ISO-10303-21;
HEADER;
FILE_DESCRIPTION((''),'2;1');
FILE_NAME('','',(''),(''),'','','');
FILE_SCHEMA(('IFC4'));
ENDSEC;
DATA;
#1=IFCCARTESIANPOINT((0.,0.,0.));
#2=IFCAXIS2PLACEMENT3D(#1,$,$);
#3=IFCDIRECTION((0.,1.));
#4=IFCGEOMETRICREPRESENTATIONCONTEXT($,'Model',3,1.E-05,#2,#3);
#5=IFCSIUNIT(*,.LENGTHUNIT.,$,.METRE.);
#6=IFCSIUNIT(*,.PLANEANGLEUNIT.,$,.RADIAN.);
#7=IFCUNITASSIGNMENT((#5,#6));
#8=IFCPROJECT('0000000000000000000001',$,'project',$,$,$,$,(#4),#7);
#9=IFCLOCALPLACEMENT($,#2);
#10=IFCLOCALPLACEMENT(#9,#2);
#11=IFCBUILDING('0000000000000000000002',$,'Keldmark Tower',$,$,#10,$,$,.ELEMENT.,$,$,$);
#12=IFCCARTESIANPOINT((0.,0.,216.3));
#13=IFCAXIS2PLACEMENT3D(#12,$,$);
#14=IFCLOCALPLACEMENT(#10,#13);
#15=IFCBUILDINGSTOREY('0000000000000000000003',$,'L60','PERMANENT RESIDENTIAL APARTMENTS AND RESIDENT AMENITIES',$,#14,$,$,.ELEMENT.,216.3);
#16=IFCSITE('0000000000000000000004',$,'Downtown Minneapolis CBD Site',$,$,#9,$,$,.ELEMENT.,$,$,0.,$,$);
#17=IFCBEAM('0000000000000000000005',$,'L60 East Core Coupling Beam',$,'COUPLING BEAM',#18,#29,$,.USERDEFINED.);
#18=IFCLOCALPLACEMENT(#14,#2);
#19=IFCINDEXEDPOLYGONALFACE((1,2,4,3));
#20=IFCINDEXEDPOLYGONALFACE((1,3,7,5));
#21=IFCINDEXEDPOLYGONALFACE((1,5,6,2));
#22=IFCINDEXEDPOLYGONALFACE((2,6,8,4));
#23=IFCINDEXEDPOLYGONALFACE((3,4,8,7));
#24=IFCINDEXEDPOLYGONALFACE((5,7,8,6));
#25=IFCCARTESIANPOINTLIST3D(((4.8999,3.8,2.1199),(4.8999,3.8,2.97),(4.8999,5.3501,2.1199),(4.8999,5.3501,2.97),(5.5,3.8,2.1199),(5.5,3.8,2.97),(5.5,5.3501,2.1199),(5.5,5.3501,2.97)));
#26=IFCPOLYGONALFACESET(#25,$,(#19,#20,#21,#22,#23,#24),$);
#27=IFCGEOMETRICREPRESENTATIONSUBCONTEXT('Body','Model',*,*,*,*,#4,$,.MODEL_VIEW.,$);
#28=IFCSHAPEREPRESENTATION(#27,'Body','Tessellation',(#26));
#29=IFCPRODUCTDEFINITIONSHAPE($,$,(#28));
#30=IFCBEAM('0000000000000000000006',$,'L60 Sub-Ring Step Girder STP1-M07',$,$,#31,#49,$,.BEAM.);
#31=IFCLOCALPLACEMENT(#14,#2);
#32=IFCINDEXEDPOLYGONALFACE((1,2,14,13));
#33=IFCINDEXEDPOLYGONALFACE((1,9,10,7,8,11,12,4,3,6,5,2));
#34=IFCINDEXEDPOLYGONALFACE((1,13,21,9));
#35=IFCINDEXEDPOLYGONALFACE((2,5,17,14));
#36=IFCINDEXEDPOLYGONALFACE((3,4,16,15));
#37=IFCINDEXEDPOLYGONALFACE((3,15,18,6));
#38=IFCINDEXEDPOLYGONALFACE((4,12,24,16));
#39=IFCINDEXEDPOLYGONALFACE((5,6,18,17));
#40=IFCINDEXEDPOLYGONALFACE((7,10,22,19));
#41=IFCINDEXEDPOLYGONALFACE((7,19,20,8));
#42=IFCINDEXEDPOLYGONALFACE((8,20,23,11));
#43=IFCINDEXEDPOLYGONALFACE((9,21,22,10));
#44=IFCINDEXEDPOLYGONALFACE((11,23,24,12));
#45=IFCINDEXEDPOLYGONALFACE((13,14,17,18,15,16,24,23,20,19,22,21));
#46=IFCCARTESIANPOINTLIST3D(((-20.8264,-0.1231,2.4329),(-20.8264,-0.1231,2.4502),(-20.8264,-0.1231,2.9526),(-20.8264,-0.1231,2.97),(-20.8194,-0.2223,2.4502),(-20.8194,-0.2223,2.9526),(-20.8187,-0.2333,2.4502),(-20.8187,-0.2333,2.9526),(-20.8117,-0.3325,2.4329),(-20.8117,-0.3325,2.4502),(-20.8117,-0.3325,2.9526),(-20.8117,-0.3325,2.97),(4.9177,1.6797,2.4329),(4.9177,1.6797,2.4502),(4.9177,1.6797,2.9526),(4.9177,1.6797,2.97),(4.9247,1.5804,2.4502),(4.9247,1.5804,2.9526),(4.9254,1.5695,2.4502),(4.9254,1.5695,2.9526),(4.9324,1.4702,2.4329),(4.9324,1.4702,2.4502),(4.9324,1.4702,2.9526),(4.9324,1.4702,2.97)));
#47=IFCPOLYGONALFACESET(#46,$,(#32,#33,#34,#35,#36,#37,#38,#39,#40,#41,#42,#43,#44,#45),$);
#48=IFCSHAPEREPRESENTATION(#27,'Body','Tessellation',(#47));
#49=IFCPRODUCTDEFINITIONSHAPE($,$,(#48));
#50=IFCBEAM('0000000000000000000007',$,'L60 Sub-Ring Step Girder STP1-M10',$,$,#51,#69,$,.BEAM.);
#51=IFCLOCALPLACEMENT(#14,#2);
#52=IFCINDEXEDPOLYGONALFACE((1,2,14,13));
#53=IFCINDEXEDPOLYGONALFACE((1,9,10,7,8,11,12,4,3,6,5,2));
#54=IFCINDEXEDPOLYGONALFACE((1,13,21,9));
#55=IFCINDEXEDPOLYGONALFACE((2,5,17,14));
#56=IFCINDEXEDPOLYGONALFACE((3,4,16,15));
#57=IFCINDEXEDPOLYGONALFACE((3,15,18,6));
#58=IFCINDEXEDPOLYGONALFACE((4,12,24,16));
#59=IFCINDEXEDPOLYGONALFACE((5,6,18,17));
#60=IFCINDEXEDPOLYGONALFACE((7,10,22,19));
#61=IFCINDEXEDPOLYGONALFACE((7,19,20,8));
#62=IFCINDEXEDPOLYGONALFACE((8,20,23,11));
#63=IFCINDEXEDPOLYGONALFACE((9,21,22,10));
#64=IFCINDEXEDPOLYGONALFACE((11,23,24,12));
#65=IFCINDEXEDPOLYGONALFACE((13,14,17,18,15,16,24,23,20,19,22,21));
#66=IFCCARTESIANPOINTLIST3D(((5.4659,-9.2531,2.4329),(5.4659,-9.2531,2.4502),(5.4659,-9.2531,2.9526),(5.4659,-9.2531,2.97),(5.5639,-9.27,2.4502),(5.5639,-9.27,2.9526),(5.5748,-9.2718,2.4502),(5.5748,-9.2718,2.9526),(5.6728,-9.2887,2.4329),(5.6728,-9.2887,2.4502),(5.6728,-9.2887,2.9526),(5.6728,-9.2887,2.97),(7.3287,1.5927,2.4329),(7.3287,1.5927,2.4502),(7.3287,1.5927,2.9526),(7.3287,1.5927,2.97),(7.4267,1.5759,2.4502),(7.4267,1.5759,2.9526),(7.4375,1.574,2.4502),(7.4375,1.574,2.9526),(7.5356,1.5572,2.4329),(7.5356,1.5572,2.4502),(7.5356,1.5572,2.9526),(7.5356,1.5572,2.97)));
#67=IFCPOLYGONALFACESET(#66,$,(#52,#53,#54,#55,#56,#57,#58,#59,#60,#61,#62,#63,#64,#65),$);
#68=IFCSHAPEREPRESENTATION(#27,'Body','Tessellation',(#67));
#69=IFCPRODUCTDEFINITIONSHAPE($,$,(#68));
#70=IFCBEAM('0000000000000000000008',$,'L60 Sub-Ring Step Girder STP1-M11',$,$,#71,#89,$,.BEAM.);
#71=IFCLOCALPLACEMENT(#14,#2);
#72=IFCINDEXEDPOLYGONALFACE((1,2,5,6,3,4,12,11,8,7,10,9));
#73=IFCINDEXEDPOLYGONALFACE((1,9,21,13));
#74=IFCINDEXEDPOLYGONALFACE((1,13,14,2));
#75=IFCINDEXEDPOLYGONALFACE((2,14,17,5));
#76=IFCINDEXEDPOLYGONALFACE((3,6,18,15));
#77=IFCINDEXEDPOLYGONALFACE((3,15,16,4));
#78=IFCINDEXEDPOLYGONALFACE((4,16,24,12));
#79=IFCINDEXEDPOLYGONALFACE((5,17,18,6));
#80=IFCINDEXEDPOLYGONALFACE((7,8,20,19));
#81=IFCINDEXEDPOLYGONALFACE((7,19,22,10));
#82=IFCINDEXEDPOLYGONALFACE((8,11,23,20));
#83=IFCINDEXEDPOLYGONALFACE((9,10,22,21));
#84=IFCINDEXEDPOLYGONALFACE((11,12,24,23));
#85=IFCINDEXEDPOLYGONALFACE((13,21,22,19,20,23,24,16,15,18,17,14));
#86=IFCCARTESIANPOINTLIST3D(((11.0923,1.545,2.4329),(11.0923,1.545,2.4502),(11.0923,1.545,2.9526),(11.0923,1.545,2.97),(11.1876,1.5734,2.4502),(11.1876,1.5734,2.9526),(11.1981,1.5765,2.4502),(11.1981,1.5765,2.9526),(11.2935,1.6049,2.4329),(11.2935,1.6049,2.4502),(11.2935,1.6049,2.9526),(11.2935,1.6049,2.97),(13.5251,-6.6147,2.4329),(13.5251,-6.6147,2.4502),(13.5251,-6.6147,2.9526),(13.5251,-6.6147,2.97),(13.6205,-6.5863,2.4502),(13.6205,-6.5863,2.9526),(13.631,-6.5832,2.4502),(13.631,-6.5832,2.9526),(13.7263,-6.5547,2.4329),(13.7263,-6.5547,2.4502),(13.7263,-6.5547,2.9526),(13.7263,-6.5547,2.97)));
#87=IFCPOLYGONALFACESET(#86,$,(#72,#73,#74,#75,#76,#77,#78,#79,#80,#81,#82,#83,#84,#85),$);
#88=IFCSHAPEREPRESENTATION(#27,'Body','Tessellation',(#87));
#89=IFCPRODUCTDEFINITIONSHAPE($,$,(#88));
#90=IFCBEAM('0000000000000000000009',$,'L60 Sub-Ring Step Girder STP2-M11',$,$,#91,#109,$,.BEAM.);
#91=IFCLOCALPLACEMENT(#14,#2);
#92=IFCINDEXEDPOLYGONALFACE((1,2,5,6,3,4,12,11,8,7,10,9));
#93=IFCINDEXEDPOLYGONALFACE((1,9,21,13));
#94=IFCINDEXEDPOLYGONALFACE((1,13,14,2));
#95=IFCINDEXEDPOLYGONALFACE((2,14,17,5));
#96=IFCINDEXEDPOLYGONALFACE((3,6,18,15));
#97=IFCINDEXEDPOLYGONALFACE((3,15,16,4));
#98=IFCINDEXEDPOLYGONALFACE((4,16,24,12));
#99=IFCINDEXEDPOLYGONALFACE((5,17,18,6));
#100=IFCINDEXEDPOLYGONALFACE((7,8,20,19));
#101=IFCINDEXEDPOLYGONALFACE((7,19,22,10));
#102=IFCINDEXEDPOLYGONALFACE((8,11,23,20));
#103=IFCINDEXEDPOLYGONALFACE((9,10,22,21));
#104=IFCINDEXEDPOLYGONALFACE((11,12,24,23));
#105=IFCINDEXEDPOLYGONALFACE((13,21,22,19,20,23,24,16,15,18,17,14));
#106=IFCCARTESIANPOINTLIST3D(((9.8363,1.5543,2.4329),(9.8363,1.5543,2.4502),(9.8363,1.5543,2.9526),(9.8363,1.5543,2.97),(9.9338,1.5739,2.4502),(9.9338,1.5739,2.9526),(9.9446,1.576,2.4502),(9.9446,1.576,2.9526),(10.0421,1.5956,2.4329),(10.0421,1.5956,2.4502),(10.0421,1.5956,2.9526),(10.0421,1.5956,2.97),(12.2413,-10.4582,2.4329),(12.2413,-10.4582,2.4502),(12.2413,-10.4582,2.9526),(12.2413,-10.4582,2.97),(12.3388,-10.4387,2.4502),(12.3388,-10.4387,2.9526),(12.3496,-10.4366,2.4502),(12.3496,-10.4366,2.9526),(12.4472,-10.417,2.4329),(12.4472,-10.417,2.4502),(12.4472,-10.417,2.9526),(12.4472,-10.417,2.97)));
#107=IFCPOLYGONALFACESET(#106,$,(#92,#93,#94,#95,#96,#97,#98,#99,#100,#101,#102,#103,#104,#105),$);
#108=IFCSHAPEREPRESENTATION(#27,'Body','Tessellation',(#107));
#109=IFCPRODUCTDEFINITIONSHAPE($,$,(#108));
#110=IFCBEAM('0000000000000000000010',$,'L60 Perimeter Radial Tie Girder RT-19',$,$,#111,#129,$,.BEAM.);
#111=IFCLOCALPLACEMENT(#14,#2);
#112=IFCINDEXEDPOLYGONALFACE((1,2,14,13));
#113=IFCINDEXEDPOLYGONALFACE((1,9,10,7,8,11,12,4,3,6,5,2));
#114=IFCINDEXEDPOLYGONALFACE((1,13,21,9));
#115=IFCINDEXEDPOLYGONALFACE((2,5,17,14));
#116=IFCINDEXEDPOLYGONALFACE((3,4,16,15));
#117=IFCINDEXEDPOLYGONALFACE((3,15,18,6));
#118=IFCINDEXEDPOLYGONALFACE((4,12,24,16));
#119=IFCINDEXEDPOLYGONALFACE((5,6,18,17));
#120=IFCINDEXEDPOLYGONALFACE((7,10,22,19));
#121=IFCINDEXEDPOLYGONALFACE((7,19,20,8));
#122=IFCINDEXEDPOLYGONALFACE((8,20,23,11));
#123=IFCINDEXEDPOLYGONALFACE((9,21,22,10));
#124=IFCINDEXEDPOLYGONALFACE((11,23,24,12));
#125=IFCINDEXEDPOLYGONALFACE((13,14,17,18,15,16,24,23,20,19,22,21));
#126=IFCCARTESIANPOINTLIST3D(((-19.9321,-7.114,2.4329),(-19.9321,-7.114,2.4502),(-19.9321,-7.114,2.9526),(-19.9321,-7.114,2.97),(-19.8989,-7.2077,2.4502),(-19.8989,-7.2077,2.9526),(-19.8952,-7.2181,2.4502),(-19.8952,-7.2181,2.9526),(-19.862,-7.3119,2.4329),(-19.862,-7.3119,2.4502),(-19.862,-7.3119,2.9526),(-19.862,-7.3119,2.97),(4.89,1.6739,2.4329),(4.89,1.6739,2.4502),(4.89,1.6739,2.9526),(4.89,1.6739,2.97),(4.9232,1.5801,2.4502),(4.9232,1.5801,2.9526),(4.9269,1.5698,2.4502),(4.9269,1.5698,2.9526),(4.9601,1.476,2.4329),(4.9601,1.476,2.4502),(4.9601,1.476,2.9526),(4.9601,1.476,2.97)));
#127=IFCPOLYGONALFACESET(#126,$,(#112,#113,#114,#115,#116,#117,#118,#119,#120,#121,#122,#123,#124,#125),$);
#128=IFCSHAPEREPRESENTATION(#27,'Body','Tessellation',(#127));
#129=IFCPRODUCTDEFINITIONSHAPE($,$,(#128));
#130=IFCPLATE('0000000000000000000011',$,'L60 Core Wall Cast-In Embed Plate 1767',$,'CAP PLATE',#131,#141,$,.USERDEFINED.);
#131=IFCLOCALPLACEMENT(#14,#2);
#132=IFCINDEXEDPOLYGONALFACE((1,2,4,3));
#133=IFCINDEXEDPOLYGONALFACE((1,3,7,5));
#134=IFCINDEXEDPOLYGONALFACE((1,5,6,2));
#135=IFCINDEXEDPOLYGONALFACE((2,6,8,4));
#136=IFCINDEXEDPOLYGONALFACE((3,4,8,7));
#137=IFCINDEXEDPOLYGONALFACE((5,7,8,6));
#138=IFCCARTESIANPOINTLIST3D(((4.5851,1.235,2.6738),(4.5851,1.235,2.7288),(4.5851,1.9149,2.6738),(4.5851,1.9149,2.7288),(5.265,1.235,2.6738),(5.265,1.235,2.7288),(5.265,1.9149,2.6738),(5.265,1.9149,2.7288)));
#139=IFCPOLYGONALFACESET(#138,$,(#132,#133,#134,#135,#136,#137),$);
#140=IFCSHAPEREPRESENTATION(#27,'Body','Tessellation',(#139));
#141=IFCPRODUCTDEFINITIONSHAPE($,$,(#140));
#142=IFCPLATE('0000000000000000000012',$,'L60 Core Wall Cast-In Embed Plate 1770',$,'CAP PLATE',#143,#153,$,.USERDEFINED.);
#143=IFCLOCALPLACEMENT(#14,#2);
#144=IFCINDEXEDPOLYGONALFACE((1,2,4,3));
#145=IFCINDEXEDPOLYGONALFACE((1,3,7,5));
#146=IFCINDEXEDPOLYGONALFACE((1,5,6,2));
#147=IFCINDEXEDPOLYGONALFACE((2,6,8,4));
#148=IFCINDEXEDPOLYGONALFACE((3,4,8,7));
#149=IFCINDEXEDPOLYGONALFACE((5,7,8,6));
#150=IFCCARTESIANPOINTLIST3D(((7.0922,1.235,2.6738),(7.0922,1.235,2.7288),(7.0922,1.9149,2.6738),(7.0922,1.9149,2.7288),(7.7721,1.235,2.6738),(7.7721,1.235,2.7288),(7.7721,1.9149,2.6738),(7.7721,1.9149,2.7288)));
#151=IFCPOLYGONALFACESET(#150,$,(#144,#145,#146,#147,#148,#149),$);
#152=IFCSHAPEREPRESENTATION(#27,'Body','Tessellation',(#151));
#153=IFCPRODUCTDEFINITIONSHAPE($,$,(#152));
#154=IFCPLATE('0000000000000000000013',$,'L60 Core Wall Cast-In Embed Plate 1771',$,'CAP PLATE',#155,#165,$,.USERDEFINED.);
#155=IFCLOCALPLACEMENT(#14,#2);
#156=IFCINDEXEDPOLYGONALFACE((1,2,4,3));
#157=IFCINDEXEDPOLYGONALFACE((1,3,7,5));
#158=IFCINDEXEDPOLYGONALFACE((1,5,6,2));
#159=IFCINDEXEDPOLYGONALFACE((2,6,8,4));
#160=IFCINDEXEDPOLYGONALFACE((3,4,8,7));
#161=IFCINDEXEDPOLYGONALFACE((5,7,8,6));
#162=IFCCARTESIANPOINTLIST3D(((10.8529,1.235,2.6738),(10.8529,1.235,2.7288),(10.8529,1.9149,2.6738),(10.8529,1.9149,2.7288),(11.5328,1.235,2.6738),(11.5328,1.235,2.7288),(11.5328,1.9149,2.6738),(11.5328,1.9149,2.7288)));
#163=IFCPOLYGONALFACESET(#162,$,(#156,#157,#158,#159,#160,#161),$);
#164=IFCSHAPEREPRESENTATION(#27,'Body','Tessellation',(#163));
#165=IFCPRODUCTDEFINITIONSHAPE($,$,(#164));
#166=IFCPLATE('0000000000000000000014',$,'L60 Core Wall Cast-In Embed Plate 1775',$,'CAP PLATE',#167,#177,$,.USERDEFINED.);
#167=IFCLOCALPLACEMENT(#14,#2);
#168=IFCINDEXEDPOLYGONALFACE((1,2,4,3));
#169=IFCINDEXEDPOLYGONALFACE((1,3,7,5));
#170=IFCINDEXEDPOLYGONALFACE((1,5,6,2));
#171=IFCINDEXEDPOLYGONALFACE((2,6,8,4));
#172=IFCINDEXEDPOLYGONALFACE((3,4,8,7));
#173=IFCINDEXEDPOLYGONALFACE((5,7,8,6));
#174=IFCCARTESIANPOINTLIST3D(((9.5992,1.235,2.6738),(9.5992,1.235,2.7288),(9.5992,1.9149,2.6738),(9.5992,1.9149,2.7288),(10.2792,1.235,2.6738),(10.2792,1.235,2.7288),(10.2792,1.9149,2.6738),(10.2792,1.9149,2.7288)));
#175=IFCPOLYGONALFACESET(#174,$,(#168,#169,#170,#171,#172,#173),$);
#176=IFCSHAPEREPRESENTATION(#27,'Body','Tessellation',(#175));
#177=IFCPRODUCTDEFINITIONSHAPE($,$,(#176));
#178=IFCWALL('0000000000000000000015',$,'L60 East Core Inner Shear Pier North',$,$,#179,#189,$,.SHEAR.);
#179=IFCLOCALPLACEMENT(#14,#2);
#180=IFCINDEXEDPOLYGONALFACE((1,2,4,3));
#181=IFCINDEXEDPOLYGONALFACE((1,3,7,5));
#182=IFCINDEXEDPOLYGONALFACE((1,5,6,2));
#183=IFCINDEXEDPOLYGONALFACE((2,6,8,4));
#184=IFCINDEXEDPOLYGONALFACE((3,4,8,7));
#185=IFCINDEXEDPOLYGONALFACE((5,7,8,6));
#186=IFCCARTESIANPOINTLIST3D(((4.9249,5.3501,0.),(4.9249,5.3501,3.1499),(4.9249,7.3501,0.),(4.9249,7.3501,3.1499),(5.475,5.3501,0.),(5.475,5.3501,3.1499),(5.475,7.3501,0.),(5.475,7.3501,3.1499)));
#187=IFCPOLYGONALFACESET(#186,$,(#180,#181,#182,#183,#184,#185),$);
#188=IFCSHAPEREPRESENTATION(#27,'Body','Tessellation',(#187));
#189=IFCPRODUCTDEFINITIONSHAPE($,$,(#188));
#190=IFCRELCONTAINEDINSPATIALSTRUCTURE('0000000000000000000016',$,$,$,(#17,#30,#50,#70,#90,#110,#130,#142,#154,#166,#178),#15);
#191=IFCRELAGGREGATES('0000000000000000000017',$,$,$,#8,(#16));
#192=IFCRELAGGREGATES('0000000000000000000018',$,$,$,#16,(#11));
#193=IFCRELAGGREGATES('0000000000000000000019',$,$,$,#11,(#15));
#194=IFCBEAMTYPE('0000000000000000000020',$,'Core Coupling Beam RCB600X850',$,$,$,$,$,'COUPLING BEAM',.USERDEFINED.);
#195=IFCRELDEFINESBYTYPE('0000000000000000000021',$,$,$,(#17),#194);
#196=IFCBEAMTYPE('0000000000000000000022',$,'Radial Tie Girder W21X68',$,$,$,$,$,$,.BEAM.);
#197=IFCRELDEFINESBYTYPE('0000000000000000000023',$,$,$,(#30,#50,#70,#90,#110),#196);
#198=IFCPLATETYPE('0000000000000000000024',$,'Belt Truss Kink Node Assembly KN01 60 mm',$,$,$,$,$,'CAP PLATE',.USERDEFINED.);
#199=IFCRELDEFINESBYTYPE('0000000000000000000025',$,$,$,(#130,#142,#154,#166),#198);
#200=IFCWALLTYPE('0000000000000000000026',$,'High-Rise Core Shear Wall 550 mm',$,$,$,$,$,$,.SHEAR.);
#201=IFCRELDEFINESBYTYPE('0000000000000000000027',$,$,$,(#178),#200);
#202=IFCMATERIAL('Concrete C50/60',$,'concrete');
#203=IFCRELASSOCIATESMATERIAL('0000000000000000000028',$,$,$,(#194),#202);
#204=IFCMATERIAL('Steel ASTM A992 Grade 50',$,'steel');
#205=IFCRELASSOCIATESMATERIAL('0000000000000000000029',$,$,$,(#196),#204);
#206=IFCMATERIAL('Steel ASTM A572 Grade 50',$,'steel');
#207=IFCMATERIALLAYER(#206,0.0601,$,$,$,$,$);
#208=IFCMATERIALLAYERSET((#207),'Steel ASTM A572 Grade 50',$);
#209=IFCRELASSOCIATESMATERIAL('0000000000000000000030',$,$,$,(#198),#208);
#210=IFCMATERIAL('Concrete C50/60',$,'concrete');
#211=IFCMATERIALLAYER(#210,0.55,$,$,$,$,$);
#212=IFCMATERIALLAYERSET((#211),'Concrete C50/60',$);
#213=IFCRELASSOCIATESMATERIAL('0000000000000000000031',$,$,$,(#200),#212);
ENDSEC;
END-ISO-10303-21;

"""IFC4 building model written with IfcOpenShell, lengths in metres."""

from ifc_helpers import new_model, si_unit, direction, frame, frame_2d, origin, origin_2d, place, context, subcontext, project, spatial, rectangle, i_section, extrude, material, layer, layer_set, material_profile, profile_set, type_object, element, save


model = new_model("IFC4")

# Units and contexts
model_context = context("Model", 3, precision=1e-05, world=origin(), true_north=direction((0.0, 1.0)))
body_context = subcontext(model_context, "Body", "Model", "MODEL_VIEW")
ifc_project = project(units=[si_unit("LENGTHUNIT", "METRE"), si_unit("PLANEANGLEUNIT", "RADIAN")], contexts=[model_context])

# Site, building, storey
site_placement = place(None, origin())
site = spatial("IfcSite", under=ifc_project, at=site_placement, Name="Downtown Minneapolis CBD Site", CompositionType="ELEMENT", RefElevation=0.0)
building_placement = place(site_placement, origin())
building = spatial("IfcBuilding", under=site, at=building_placement, Name="Keldmark Tower", CompositionType="ELEMENT")
storey_placement = place(building_placement, frame((0.0, 0.0, 216.3)))
storey = spatial("IfcBuildingStorey", under=building, at=storey_placement, Name="L60", Description="PERMANENT RESIDENTIAL APARTMENTS AND RESIDENT AMENITIES", CompositionType="ELEMENT", Elevation=216.3)

# Beams
ifc_material_1 = material(Name="Concrete C50/60", Category="concrete")
ifc_material_profile_1 = material_profile(ifc_material_1, rectangle(XDim=0.6001, YDim=0.8501, at=origin_2d()), Name="RCB600X850")
ifc_profile_set_1 = profile_set([ifc_material_profile_1], Name="Concrete C50/60")
beam_type_1 = type_object("IfcBeamType", Name="Core Coupling Beam RCB600X850", ElementType="COUPLING BEAM", PredefinedType="USERDEFINED", material=ifc_profile_set_1)
beam_1_placement = place(storey_placement, frame((5.2, 3.8, 2.5449), z_axis=(0.0, 1.0, 0.0), x_axis=(-1.0, 0.0, 0.0)))
element("IfcBeam", 1, at=beam_1_placement, inside=storey, type_object=beam_type_1, Name="L60 East Core Coupling Beam", ObjectType="COUPLING BEAM", PredefinedType="USERDEFINED", context=body_context, shape_type="SweptSolid", body=[
    extrude(rectangle(XDim=0.6001, YDim=0.8501, at=origin_2d()), origin(), (0.0, 0.0, 1.0), 1.55),
])
ifc_material_2 = material(Name="Steel ASTM A992 Grade 50", Category="steel")
ifc_material_profile_2 = material_profile(ifc_material_2, i_section(OverallWidth=0.21, OverallDepth=0.5371, WebThickness=0.011, FlangeThickness=0.0173, at=origin_2d()), Name="W21X68")
ifc_profile_set_2 = profile_set([ifc_material_profile_2], Name="Steel ASTM A992 Grade 50")
beam_type_2 = type_object("IfcBeamType", Name="Radial Tie Girder W21X68", PredefinedType="BEAM", material=ifc_profile_set_2)
beam_2_placement = place(storey_placement, frame((4.925, 1.575, 2.7014), z_axis=(-0.997557, -0.069854, 0.0), x_axis=(0.069854, -0.997557, 0.0)))
element("IfcBeam", 2, at=beam_2_placement, inside=storey, type_object=beam_type_2, Name="L60 Sub-Ring Step Girder STP1-M07", PredefinedType="BEAM", context=body_context, shape_type="SweptSolid", body=[
    extrude(i_section(OverallWidth=0.21, OverallDepth=0.5371, WebThickness=0.011, FlangeThickness=0.0173, at=origin_2d()), origin(), (0.0, 0.0, 1.0), 25.8071),
])
beam_3_placement = place(storey_placement, frame((7.4321, 1.575, 2.7014), z_axis=(-0.169272, -0.985569, 0.0), x_axis=(0.985569, -0.169272, 0.0)))
element("IfcBeam", 3, at=beam_3_placement, inside=storey, type_object=beam_type_2, Name="L60 Sub-Ring Step Girder STP1-M10", PredefinedType="BEAM", context=body_context, shape_type="SweptSolid", body=[
    extrude(i_section(OverallWidth=0.21, OverallDepth=0.5371, WebThickness=0.011, FlangeThickness=0.0173, at=origin_2d()), origin(), (0.0, 0.0, 1.0), 11.0046),
])
beam_4_placement = place(storey_placement, frame((11.1929, 1.575, 2.7014), z_axis=(0.285727, -0.958311, 0.0), x_axis=(0.958311, 0.285727, 0.0)))
element("IfcBeam", 4, at=beam_4_placement, inside=storey, type_object=beam_type_2, Name="L60 Sub-Ring Step Girder STP1-M11", PredefinedType="BEAM", context=body_context, shape_type="SweptSolid", body=[
    extrude(i_section(OverallWidth=0.21, OverallDepth=0.5371, WebThickness=0.011, FlangeThickness=0.0173, at=origin_2d()), origin(), (0.0, 0.0, 1.0), 8.5146),
])
beam_5_placement = place(storey_placement, frame((9.9392, 1.575, 2.7014), z_axis=(0.196312, -0.980542, 0.0), x_axis=(0.980542, 0.196312, 0.0)))
element("IfcBeam", 5, at=beam_5_placement, inside=storey, type_object=beam_type_2, Name="L60 Sub-Ring Step Girder STP2-M11", PredefinedType="BEAM", context=body_context, shape_type="SweptSolid", body=[
    extrude(i_section(OverallWidth=0.21, OverallDepth=0.5371, WebThickness=0.011, FlangeThickness=0.0173, at=origin_2d()), origin(), (0.0, 0.0, 1.0), 12.251),
])
beam_6_placement = place(storey_placement, frame((4.925, 1.575, 2.7014), z_axis=(-0.942667, -0.333736, 0.0), x_axis=(0.333736, -0.942667, 0.0)))
element("IfcBeam", 6, at=beam_6_placement, inside=storey, type_object=beam_type_2, Name="L60 Perimeter Radial Tie Girder RT-19", PredefinedType="BEAM", context=body_context, shape_type="SweptSolid", body=[
    extrude(i_section(OverallWidth=0.21, OverallDepth=0.5371, WebThickness=0.011, FlangeThickness=0.0173, at=origin_2d()), origin(), (0.0, 0.0, 1.0), 26.3318),
])

# Plates
ifc_material_3 = material(Name="Steel ASTM A572 Grade 50", Category="steel")
ifc_layer_1 = layer(ifc_material_3, 0.0601)
ifc_layer_set_1 = layer_set([ifc_layer_1], Name="Steel ASTM A572 Grade 50")
plate_type = type_object("IfcPlateType", Name="Belt Truss Kink Node Assembly KN01 60 mm", ElementType="CAP PLATE", PredefinedType="USERDEFINED", material=ifc_layer_set_1)
for number, where, z_axis, x_axis, name in (
    (7, (4.925, 1.575, 2.6738), (0.0, 0.0, 1.0), (1.0, 0.0, 0.0), "L60 Core Wall Cast-In Embed Plate 1767"),
    (8, (7.4321, 1.575, 2.6738), (0.0, 0.0, 1.0), (1.0, 0.0, 0.0), "L60 Core Wall Cast-In Embed Plate 1770"),
    (9, (11.1929, 1.575, 2.6738), (0.0, 0.0, 1.0), (1.0, 0.0, 0.0), "L60 Core Wall Cast-In Embed Plate 1771"),
    (10, (9.9392, 1.575, 2.6738), (0.0, 0.0, 1.0), (1.0, 0.0, 0.0), "L60 Core Wall Cast-In Embed Plate 1775"),
):
    element("IfcPlate", number, at=place(storey_placement, frame(where, z_axis=z_axis, x_axis=x_axis)), inside=storey, type_object=plate_type, Name=name, ObjectType="CAP PLATE", PredefinedType="USERDEFINED", context=body_context, shape_type="SweptSolid", body=[
        extrude(rectangle(XDim=0.6799, YDim=0.6799, at=origin_2d()), origin(), (0.0, 0.0, 1.0), 0.0549),
    ])

# Wall
ifc_material_4 = material(Name="Concrete C50/60", Category="concrete")
ifc_layer_2 = layer(ifc_material_4, 0.55)
ifc_layer_set_2 = layer_set([ifc_layer_2], Name="Concrete C50/60")
wall_type_1 = type_object("IfcWallType", Name="High-Rise Core Shear Wall 550 mm", PredefinedType="SHEAR", material=ifc_layer_set_2)
wall_1_placement = place(storey_placement, frame((5.2, 5.3501, 0.0), z_axis=(0.0, 0.0, 1.0), x_axis=(0.0, 1.0, 0.0)))
element("IfcWall", 11, at=wall_1_placement, inside=storey, type_object=wall_type_1, Name="L60 East Core Inner Shear Pier North", PredefinedType="SHEAR", context=body_context, shape_type="SweptSolid", body=[
    extrude(rectangle(XDim=2.0, YDim=0.55, at=frame_2d((1.0, 0.0))), origin(), (0.0, 0.0, 1.0), 3.1499),
])

save(model, "model.ifc")
